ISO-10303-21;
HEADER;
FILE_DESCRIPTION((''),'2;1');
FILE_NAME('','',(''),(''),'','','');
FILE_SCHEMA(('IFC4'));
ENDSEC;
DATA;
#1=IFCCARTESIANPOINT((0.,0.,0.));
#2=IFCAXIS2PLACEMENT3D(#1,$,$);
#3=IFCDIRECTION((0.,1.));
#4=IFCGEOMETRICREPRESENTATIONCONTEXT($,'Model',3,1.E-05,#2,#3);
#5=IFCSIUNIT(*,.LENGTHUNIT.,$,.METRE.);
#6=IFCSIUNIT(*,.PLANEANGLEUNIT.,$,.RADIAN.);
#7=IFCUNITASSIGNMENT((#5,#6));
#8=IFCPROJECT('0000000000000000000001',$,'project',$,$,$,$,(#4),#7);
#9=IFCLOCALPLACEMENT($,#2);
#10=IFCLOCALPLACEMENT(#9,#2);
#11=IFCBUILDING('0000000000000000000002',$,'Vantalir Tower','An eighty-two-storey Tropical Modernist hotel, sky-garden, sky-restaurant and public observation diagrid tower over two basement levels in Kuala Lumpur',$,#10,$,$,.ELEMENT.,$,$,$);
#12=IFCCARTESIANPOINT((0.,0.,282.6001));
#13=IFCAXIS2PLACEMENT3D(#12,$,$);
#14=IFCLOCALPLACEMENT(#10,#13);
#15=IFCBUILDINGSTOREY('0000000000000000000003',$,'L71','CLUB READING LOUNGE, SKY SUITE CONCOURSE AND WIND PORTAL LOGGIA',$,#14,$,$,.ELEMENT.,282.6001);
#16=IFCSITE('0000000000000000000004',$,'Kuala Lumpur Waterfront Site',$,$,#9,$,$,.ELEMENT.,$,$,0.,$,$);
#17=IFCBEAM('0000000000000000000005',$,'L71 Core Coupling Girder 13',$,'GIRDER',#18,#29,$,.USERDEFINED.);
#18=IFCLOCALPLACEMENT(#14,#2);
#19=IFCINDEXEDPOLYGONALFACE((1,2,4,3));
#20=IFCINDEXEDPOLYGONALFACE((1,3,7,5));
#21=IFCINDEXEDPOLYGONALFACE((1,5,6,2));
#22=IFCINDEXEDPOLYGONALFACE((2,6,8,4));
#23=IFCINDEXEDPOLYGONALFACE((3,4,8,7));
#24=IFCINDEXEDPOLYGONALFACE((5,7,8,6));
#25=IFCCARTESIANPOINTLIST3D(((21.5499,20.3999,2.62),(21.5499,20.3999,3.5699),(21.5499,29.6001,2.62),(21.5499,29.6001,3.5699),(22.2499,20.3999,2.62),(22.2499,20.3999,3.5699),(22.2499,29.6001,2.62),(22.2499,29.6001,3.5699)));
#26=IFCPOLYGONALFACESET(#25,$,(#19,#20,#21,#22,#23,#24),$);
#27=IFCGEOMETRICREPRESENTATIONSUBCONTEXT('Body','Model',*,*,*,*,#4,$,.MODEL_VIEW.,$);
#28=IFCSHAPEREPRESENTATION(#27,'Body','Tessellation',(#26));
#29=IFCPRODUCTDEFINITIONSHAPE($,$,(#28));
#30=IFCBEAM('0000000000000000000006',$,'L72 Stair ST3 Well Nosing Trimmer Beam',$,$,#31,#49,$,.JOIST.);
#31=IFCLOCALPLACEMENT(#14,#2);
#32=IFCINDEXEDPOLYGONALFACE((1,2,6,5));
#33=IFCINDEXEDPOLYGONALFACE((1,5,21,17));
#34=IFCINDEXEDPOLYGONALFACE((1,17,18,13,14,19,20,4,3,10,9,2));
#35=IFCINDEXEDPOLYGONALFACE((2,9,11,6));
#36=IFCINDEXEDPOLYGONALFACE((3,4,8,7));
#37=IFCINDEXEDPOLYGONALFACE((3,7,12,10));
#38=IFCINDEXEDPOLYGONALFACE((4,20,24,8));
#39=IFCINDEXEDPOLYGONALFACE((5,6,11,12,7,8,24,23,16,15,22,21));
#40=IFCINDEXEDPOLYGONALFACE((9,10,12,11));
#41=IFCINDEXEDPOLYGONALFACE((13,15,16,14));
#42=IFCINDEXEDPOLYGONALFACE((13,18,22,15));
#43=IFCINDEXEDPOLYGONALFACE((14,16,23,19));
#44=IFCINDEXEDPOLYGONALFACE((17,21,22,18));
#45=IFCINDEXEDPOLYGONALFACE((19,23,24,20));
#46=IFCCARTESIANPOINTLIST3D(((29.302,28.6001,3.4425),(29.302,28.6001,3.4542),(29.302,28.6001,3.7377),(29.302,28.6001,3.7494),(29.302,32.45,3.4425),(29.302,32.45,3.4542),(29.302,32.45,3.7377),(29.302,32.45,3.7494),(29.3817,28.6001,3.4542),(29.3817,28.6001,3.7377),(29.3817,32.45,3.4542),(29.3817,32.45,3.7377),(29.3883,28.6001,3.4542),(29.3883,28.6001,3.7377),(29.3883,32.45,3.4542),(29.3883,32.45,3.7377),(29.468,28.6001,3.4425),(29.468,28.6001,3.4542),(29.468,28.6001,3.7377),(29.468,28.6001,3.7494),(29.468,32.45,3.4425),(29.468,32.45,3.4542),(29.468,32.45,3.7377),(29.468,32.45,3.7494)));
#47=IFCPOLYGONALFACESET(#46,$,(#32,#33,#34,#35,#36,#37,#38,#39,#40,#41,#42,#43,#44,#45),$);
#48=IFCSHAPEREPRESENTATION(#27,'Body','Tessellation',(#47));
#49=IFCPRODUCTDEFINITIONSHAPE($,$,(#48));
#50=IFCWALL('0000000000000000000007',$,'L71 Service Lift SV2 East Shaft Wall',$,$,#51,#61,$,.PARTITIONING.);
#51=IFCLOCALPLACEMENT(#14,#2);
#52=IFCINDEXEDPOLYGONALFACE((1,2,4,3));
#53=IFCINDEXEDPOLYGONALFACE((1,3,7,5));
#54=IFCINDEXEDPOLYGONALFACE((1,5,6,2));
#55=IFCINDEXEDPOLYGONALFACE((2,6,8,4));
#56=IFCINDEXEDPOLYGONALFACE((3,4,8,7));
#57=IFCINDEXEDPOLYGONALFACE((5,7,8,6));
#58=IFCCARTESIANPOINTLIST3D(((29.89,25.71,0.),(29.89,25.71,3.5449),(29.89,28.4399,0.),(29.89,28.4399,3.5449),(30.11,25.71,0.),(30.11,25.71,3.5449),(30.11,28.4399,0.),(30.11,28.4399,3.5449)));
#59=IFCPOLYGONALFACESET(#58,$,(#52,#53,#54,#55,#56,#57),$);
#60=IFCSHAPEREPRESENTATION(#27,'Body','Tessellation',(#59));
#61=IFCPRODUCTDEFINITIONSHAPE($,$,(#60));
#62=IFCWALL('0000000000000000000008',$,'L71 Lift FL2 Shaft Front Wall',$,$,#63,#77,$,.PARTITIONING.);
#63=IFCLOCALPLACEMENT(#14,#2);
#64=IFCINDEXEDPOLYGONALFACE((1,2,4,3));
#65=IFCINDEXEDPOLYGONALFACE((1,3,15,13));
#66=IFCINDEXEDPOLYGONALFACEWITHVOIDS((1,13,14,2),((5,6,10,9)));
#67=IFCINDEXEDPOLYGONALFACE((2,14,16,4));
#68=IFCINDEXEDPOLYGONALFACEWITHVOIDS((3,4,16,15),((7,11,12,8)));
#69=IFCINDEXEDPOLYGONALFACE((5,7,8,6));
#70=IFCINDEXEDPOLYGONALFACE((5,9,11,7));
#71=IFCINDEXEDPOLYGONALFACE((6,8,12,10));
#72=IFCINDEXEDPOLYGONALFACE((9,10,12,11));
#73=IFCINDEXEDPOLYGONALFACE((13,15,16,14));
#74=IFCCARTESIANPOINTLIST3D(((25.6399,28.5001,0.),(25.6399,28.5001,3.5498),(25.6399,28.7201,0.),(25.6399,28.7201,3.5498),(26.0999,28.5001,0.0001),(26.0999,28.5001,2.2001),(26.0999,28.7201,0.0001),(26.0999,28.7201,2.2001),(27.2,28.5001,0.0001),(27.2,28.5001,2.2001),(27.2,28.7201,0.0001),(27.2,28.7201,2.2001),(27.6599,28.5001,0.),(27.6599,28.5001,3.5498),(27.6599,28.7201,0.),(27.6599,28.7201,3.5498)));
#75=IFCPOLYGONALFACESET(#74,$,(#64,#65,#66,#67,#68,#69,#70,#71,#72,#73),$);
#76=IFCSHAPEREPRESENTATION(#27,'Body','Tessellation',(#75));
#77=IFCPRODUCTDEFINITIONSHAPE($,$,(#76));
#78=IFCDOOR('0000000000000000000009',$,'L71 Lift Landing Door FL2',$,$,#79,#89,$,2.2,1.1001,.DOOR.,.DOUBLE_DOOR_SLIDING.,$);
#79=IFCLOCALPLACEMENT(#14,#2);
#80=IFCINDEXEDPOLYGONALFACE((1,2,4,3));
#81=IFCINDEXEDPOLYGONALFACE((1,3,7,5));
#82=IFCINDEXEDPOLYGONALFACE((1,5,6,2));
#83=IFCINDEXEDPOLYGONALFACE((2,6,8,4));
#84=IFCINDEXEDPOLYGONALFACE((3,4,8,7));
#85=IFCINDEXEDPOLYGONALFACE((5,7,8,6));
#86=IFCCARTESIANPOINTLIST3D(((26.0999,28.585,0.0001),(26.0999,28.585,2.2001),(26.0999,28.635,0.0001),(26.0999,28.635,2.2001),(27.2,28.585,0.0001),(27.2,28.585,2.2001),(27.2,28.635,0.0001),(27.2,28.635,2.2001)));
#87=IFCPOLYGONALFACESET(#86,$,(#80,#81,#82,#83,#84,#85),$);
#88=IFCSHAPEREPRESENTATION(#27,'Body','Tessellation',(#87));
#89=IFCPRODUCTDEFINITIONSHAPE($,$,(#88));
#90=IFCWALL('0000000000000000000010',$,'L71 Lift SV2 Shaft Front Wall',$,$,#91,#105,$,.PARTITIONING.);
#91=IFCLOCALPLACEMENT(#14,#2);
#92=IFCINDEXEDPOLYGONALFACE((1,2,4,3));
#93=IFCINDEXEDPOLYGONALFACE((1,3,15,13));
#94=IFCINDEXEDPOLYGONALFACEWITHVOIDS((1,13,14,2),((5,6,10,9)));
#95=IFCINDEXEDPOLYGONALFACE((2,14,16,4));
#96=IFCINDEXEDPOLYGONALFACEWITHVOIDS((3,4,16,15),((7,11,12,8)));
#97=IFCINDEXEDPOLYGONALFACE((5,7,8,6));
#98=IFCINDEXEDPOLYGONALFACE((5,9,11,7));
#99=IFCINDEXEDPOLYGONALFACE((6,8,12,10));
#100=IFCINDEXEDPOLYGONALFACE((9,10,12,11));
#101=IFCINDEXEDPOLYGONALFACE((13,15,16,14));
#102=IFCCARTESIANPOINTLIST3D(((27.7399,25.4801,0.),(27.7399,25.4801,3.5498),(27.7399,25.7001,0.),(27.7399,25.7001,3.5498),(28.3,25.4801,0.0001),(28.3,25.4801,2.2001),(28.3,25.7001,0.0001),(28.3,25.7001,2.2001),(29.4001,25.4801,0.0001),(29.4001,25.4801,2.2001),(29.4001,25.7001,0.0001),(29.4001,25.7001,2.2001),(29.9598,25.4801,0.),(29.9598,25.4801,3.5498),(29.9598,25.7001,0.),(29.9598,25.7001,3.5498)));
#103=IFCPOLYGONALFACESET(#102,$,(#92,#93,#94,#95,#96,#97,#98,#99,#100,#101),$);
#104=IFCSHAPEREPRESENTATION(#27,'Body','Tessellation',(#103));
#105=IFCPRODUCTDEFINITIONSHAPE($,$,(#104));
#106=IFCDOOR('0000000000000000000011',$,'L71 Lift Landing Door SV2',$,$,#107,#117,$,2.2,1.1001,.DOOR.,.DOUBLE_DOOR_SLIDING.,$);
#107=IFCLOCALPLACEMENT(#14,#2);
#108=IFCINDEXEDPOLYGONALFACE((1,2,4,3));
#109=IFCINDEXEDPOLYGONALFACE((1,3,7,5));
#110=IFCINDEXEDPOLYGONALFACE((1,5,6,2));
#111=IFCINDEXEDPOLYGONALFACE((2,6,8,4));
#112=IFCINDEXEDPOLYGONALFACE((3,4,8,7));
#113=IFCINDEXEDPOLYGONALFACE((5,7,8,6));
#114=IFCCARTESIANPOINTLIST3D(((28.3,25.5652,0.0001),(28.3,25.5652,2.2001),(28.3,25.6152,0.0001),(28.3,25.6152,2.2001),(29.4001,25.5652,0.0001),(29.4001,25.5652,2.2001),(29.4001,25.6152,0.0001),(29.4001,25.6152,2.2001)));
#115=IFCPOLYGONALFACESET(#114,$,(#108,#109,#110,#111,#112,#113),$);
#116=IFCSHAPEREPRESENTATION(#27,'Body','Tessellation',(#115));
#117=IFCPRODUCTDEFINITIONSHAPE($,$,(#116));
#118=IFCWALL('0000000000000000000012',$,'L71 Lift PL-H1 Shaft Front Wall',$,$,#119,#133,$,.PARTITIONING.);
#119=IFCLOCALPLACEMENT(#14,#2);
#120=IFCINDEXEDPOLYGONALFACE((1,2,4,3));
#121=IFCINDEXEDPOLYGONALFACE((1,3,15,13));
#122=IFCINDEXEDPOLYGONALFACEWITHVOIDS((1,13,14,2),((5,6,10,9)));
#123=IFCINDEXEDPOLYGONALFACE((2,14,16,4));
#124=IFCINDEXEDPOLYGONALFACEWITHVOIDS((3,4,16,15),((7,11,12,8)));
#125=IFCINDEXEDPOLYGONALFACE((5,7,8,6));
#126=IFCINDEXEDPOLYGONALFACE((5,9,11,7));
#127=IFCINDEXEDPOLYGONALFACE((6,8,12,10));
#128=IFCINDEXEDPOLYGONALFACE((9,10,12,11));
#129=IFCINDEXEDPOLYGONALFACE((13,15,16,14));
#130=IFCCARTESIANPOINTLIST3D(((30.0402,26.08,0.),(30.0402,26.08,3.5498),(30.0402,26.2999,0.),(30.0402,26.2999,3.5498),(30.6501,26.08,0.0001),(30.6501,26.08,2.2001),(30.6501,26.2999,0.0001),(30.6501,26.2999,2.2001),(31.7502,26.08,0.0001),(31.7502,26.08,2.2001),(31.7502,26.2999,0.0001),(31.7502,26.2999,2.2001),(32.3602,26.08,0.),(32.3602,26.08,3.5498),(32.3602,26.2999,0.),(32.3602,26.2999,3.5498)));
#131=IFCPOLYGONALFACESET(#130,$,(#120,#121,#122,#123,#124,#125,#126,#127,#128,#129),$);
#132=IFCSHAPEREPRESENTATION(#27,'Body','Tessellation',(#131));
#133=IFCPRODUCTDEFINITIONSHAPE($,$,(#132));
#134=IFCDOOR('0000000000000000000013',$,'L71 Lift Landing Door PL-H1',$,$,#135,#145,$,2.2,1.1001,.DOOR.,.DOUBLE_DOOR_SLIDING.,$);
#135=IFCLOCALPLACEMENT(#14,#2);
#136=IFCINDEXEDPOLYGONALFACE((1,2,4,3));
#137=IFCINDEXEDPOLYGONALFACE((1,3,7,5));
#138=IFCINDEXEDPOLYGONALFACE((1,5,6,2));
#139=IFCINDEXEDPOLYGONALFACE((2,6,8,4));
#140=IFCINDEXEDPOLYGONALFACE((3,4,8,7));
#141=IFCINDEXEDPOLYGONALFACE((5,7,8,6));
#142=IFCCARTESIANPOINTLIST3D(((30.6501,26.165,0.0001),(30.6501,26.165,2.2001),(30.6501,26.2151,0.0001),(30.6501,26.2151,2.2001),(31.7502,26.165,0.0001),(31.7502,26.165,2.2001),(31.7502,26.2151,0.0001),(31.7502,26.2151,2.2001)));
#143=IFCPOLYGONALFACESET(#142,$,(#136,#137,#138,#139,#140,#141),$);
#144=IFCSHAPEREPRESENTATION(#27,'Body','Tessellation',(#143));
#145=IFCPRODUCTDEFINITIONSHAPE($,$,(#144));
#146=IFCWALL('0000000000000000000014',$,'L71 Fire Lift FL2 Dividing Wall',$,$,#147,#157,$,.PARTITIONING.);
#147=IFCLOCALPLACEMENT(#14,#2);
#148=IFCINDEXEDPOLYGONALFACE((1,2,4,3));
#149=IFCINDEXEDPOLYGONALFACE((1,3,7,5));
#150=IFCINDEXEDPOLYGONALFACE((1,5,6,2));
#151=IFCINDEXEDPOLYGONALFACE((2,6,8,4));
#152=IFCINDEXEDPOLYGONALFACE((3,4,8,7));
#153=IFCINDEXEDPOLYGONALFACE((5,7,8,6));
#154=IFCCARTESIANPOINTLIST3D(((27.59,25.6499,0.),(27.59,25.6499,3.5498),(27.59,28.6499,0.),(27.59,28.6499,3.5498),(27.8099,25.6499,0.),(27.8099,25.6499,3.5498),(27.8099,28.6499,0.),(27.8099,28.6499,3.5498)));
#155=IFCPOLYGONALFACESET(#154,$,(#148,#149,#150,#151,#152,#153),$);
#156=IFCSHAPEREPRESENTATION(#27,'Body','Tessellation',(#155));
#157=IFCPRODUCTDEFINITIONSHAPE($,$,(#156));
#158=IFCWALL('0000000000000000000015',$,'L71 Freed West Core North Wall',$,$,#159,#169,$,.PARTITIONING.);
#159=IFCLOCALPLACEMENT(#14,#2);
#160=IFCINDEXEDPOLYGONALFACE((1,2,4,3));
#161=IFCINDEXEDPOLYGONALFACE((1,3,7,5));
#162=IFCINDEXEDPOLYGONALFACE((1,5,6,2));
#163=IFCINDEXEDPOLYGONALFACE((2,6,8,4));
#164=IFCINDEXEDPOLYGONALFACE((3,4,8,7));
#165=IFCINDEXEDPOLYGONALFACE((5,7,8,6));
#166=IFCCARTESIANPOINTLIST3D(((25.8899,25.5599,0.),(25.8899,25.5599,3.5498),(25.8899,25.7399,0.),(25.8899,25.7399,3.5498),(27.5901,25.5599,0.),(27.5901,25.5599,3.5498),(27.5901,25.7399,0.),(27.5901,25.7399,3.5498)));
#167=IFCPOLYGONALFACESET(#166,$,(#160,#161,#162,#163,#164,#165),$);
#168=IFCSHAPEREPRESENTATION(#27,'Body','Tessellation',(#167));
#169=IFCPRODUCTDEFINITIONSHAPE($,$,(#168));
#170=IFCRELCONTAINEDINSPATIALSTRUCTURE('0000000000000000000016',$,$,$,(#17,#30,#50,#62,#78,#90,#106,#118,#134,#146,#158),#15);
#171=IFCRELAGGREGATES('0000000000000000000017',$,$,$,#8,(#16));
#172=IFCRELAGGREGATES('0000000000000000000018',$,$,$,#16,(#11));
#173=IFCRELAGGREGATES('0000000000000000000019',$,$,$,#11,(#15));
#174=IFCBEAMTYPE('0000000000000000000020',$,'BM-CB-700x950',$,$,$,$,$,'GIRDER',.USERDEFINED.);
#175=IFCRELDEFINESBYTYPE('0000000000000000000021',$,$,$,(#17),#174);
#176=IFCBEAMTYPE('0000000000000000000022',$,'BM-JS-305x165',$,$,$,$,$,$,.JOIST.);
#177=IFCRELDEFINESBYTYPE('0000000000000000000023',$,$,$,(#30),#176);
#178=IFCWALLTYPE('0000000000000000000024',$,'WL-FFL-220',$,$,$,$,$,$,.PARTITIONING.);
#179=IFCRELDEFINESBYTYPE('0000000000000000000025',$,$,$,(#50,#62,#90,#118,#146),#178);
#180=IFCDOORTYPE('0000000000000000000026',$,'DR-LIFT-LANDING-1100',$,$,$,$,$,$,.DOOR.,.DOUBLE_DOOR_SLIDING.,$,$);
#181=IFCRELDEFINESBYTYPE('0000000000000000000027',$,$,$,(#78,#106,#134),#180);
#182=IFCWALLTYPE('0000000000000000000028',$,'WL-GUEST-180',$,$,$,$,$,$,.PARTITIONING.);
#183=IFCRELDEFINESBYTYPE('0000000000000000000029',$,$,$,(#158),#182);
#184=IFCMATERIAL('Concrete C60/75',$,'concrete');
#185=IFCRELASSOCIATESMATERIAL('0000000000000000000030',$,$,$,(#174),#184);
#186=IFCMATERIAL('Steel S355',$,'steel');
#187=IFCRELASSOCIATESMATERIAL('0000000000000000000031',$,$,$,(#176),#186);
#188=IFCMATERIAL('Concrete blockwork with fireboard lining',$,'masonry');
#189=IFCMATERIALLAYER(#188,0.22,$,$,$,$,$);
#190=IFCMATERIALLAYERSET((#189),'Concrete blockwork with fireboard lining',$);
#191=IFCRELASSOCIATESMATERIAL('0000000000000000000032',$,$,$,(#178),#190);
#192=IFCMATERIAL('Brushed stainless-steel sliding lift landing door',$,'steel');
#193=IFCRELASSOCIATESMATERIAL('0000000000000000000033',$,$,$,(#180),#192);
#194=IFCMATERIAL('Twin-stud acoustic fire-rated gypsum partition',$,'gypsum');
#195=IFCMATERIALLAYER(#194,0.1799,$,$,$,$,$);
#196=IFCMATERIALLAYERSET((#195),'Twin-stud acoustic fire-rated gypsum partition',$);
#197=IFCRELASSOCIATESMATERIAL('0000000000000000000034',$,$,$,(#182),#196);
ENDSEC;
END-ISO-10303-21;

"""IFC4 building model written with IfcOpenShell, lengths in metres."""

from ifc_helpers import new_model, si_unit, direction, frame, frame_2d, origin, origin_2d, place, context, subcontext, project, spatial, rectangle, i_section, extrude, material, layer, layer_set, material_profile, profile_set, type_object, element, fill, save


model = new_model("IFC4")

# Units and contexts
model_context = context("Model", 3, precision=1e-05, world=origin(), true_north=direction((0.0, 1.0)))
body_context = subcontext(model_context, "Body", "Model", "MODEL_VIEW")
ifc_project = project(units=[si_unit("LENGTHUNIT", "METRE"), si_unit("PLANEANGLEUNIT", "RADIAN")], contexts=[model_context])

# Site, building, storey
site_placement = place(None, origin())
site = spatial("IfcSite", under=ifc_project, at=site_placement, Name="Kuala Lumpur Waterfront Site", CompositionType="ELEMENT", RefElevation=0.0)
building_placement = place(site_placement, origin())
building = spatial("IfcBuilding", under=site, at=building_placement, Name="Vantalir Tower", Description="An eighty-two-storey Tropical Modernist hotel, sky-garden, sky-restaurant and public observation diagrid tower over two basement levels in Kuala Lumpur", CompositionType="ELEMENT")
storey_placement = place(building_placement, frame((0.0, 0.0, 282.6001)))
storey = spatial("IfcBuildingStorey", under=building, at=storey_placement, Name="L71", Description="CLUB READING LOUNGE, SKY SUITE CONCOURSE AND WIND PORTAL LOGGIA", CompositionType="ELEMENT", Elevation=282.6001)

# Beams
ifc_material_1 = material(Name="Concrete C60/75", Category="concrete")
ifc_material_profile_1 = material_profile(ifc_material_1, rectangle(XDim=0.7, YDim=0.95, at=origin_2d()), Name="Concrete C60/75")
ifc_profile_set_1 = profile_set([ifc_material_profile_1], Name="Concrete C60/75")
beam_type_1 = type_object("IfcBeamType", Name="BM-CB-700x950", ElementType="GIRDER", PredefinedType="USERDEFINED", material=ifc_profile_set_1)
beam_1_placement = place(storey_placement, frame((21.8999, 29.6001, 3.095), z_axis=(0.0, -1.0, 0.0), x_axis=(1.0, 0.0, 0.0)))
element("IfcBeam", 1, at=beam_1_placement, inside=storey, type_object=beam_type_1, Name="L71 Core Coupling Girder 13", ObjectType="GIRDER", PredefinedType="USERDEFINED", context=body_context, shape_type="SweptSolid", body=[
    extrude(rectangle(XDim=0.7, YDim=0.95, at=origin_2d()), origin(), (0.0, 0.0, 1.0), 9.2002),
])
ifc_material_2 = material(Name="Steel S355", Category="steel")
ifc_material_profile_2 = material_profile(ifc_material_2, i_section(OverallWidth=0.166, OverallDepth=0.3069, WebThickness=0.0066, FlangeThickness=0.0117, at=origin_2d()), Name="Steel S355")
ifc_profile_set_2 = profile_set([ifc_material_profile_2], Name="Steel S355")
beam_type_2 = type_object("IfcBeamType", Name="BM-JS-305x165", PredefinedType="JOIST", material=ifc_profile_set_2)
beam_2_placement = place(storey_placement, frame((29.385, 28.6001, 3.5959), z_axis=(0.0, 1.0, 0.0), x_axis=(-1.0, 0.0, 0.0)))
element("IfcBeam", 2, at=beam_2_placement, inside=storey, type_object=beam_type_2, Name="L72 Stair ST3 Well Nosing Trimmer Beam", PredefinedType="JOIST", context=body_context, shape_type="SweptSolid", body=[
    extrude(i_section(OverallWidth=0.166, OverallDepth=0.3069, WebThickness=0.0066, FlangeThickness=0.0117, at=origin_2d()), origin(), (0.0, 0.0, 1.0), 3.8499),
])

# Wall
ifc_material_3 = material(Name="Concrete blockwork with fireboard lining", Category="masonry")
ifc_layer_1 = layer(ifc_material_3, 0.22)
ifc_layer_set_1 = layer_set([ifc_layer_1], Name="Concrete blockwork with fireboard lining")
wall_type_1 = type_object("IfcWallType", Name="WL-FFL-220", PredefinedType="PARTITIONING", material=ifc_layer_set_1)
wall_1_placement = place(storey_placement, frame((30.0, 25.71, 0.0), z_axis=(0.0, 0.0, 1.0), x_axis=(0.0, 1.0, 0.0)))
element("IfcWall", 3, at=wall_1_placement, inside=storey, type_object=wall_type_1, Name="L71 Service Lift SV2 East Shaft Wall", PredefinedType="PARTITIONING", context=body_context, shape_type="SweptSolid", body=[
    extrude(rectangle(XDim=2.73, YDim=0.22, at=frame_2d((1.365, 0.0))), origin(), (0.0, 0.0, 1.0), 3.5449),
])

# Walls, openings, doors
wall_2_placement = place(storey_placement, frame((25.6399, 28.6101, 0.0), z_axis=(0.0, 0.0, 1.0), x_axis=(1.0, 0.0, 0.0)))
wall_2 = element("IfcWall", 4, at=wall_2_placement, inside=storey, type_object=wall_type_1, Name="L71 Lift FL2 Shaft Front Wall", PredefinedType="PARTITIONING", context=body_context, shape_type="SweptSolid", body=[
    extrude(rectangle(XDim=2.02, YDim=0.22, at=frame_2d((1.01, 0.0))), origin(), (0.0, 0.0, 1.0), 3.5498),
])
opening_1_placement = place(wall_2_placement, frame((0.46, 0.0, 0.0)))
opening_1 = element("IfcOpeningElement", 5, at=opening_1_placement, cuts=wall_2, PredefinedType="OPENING", context=body_context, shape_type="SweptSolid", body=[
    extrude(rectangle(XDim=1.1001, YDim=2.2, at=frame_2d((0.55, 1.1001))), frame((0.0, 0.1199, 0.0), z_axis=(0.0, -1.0, 0.0), x_axis=(1.0, 0.0, 0.0)), (0.0, 0.0, 1.0), 0.24),
])
ifc_material_4 = material(Name="Brushed stainless-steel sliding lift landing door", Category="steel")
door_type_1 = type_object("IfcDoorType", Name="DR-LIFT-LANDING-1100", OperationType="DOUBLE_DOOR_SLIDING", PredefinedType="DOOR", material=ifc_material_4)
door_1_placement = place(opening_1_placement, origin())
door_1 = element("IfcDoor", 6, at=door_1_placement, inside=storey, type_object=door_type_1, Name="L71 Lift Landing Door FL2", OperationType="DOUBLE_DOOR_SLIDING", OverallHeight=2.2, OverallWidth=1.1001, PredefinedType="DOOR", context=body_context, shape_type="SweptSolid", body=[
    extrude(rectangle(XDim=1.1001, YDim=2.2, at=frame_2d((0.55, 1.1001))), frame((0.0, 0.0249, 0.0), z_axis=(0.0, -1.0, 0.0), x_axis=(1.0, 0.0, 0.0)), (0.0, 0.0, 1.0), 0.05),
])
fill(opening_1, door_1)
wall_3_placement = place(storey_placement, frame((27.74, 25.5901, 0.0), z_axis=(0.0, 0.0, 1.0), x_axis=(1.0, 0.0, 0.0)))
wall_3 = element("IfcWall", 7, at=wall_3_placement, inside=storey, type_object=wall_type_1, Name="L71 Lift SV2 Shaft Front Wall", PredefinedType="PARTITIONING", context=body_context, shape_type="SweptSolid", body=[
    extrude(rectangle(XDim=2.22, YDim=0.22, at=frame_2d((1.1099, 0.0))), origin(), (0.0, 0.0, 1.0), 3.5498),
])
opening_2_placement = place(wall_3_placement, frame((0.5601, 0.0, 0.0)))
opening_2 = element("IfcOpeningElement", 8, at=opening_2_placement, cuts=wall_3, PredefinedType="OPENING", context=body_context, shape_type="SweptSolid", body=[
    extrude(rectangle(XDim=1.1001, YDim=2.2, at=frame_2d((0.55, 1.1001))), frame((0.0, 0.1199, 0.0), z_axis=(0.0, -1.0, 0.0), x_axis=(1.0, 0.0, 0.0)), (0.0, 0.0, 1.0), 0.24),
])
door_2_placement = place(opening_2_placement, frame((1.1001, 0.0, 0.0), z_axis=(0.0, 0.0, 1.0), x_axis=(-1.0, 0.0, 0.0)))
door_2 = element("IfcDoor", 9, at=door_2_placement, inside=storey, type_object=door_type_1, Name="L71 Lift Landing Door SV2", OperationType="DOUBLE_DOOR_SLIDING", OverallHeight=2.2, OverallWidth=1.1001, PredefinedType="DOOR", context=body_context, shape_type="SweptSolid", body=[
    extrude(rectangle(XDim=1.1001, YDim=2.2, at=frame_2d((0.55, 1.1001))), frame((0.0, 0.0249, 0.0), z_axis=(0.0, -1.0, 0.0), x_axis=(1.0, 0.0, 0.0)), (0.0, 0.0, 1.0), 0.05),
])
fill(opening_2, door_2)
wall_4_placement = place(storey_placement, frame((30.04, 26.1899, 0.0), z_axis=(0.0, 0.0, 1.0), x_axis=(1.0, 0.0, 0.0)))
wall_4 = element("IfcWall", 10, at=wall_4_placement, inside=storey, type_object=wall_type_1, Name="L71 Lift PL-H1 Shaft Front Wall", PredefinedType="PARTITIONING", context=body_context, shape_type="SweptSolid", body=[
    extrude(rectangle(XDim=2.3201, YDim=0.22, at=frame_2d((1.1602, 0.0))), origin(), (0.0, 0.0, 1.0), 3.5498),
])
opening_3_placement = place(wall_4_placement, frame((0.6101, 0.0, 0.0)))
opening_3 = element("IfcOpeningElement", 11, at=opening_3_placement, cuts=wall_4, PredefinedType="OPENING", context=body_context, shape_type="SweptSolid", body=[
    extrude(rectangle(XDim=1.1001, YDim=2.2, at=frame_2d((0.55, 1.1001))), frame((0.0, 0.1199, 0.0), z_axis=(0.0, -1.0, 0.0), x_axis=(1.0, 0.0, 0.0)), (0.0, 0.0, 1.0), 0.24),
])
door_3_placement = place(opening_3_placement, frame((1.1001, 0.0, 0.0), z_axis=(0.0, 0.0, 1.0), x_axis=(-1.0, 0.0, 0.0)))
door_3 = element("IfcDoor", 12, at=door_3_placement, inside=storey, type_object=door_type_1, Name="L71 Lift Landing Door PL-H1", OperationType="DOUBLE_DOOR_SLIDING", OverallHeight=2.2, OverallWidth=1.1001, PredefinedType="DOOR", context=body_context, shape_type="SweptSolid", body=[
    extrude(rectangle(XDim=1.1001, YDim=2.2, at=frame_2d((0.55, 1.1001))), frame((0.0, 0.0249, 0.0), z_axis=(0.0, -1.0, 0.0), x_axis=(1.0, 0.0, 0.0)), (0.0, 0.0, 1.0), 0.05),
])
fill(opening_3, door_3)

# Walls
wall_5_placement = place(storey_placement, frame((27.7, 25.6499, 0.0), z_axis=(0.0, 0.0, 1.0), x_axis=(0.0, 1.0, 0.0)))
element("IfcWall", 13, at=wall_5_placement, inside=storey, type_object=wall_type_1, Name="L71 Fire Lift FL2 Dividing Wall", PredefinedType="PARTITIONING", context=body_context, shape_type="SweptSolid", body=[
    extrude(rectangle(XDim=3.0, YDim=0.22, at=frame_2d((1.5, 0.0))), origin(), (0.0, 0.0, 1.0), 3.5498),
])
ifc_material_5 = material(Name="Twin-stud acoustic fire-rated gypsum partition", Category="gypsum")
ifc_layer_2 = layer(ifc_material_5, 0.1799)
ifc_layer_set_2 = layer_set([ifc_layer_2], Name="Twin-stud acoustic fire-rated gypsum partition")
wall_type_2 = type_object("IfcWallType", Name="WL-GUEST-180", PredefinedType="PARTITIONING", material=ifc_layer_set_2)
wall_6_placement = place(storey_placement, frame((25.8899, 25.6499, 0.0), z_axis=(0.0, 0.0, 1.0), x_axis=(1.0, 0.0, 0.0)))
element("IfcWall", 14, at=wall_6_placement, inside=storey, type_object=wall_type_2, Name="L71 Freed West Core North Wall", PredefinedType="PARTITIONING", context=body_context, shape_type="SweptSolid", body=[
    extrude(rectangle(XDim=1.7002, YDim=0.1799, at=frame_2d((0.8501, 0.0))), origin(), (0.0, 0.0, 1.0), 3.5498),
])

save(model, "model.ifc")
